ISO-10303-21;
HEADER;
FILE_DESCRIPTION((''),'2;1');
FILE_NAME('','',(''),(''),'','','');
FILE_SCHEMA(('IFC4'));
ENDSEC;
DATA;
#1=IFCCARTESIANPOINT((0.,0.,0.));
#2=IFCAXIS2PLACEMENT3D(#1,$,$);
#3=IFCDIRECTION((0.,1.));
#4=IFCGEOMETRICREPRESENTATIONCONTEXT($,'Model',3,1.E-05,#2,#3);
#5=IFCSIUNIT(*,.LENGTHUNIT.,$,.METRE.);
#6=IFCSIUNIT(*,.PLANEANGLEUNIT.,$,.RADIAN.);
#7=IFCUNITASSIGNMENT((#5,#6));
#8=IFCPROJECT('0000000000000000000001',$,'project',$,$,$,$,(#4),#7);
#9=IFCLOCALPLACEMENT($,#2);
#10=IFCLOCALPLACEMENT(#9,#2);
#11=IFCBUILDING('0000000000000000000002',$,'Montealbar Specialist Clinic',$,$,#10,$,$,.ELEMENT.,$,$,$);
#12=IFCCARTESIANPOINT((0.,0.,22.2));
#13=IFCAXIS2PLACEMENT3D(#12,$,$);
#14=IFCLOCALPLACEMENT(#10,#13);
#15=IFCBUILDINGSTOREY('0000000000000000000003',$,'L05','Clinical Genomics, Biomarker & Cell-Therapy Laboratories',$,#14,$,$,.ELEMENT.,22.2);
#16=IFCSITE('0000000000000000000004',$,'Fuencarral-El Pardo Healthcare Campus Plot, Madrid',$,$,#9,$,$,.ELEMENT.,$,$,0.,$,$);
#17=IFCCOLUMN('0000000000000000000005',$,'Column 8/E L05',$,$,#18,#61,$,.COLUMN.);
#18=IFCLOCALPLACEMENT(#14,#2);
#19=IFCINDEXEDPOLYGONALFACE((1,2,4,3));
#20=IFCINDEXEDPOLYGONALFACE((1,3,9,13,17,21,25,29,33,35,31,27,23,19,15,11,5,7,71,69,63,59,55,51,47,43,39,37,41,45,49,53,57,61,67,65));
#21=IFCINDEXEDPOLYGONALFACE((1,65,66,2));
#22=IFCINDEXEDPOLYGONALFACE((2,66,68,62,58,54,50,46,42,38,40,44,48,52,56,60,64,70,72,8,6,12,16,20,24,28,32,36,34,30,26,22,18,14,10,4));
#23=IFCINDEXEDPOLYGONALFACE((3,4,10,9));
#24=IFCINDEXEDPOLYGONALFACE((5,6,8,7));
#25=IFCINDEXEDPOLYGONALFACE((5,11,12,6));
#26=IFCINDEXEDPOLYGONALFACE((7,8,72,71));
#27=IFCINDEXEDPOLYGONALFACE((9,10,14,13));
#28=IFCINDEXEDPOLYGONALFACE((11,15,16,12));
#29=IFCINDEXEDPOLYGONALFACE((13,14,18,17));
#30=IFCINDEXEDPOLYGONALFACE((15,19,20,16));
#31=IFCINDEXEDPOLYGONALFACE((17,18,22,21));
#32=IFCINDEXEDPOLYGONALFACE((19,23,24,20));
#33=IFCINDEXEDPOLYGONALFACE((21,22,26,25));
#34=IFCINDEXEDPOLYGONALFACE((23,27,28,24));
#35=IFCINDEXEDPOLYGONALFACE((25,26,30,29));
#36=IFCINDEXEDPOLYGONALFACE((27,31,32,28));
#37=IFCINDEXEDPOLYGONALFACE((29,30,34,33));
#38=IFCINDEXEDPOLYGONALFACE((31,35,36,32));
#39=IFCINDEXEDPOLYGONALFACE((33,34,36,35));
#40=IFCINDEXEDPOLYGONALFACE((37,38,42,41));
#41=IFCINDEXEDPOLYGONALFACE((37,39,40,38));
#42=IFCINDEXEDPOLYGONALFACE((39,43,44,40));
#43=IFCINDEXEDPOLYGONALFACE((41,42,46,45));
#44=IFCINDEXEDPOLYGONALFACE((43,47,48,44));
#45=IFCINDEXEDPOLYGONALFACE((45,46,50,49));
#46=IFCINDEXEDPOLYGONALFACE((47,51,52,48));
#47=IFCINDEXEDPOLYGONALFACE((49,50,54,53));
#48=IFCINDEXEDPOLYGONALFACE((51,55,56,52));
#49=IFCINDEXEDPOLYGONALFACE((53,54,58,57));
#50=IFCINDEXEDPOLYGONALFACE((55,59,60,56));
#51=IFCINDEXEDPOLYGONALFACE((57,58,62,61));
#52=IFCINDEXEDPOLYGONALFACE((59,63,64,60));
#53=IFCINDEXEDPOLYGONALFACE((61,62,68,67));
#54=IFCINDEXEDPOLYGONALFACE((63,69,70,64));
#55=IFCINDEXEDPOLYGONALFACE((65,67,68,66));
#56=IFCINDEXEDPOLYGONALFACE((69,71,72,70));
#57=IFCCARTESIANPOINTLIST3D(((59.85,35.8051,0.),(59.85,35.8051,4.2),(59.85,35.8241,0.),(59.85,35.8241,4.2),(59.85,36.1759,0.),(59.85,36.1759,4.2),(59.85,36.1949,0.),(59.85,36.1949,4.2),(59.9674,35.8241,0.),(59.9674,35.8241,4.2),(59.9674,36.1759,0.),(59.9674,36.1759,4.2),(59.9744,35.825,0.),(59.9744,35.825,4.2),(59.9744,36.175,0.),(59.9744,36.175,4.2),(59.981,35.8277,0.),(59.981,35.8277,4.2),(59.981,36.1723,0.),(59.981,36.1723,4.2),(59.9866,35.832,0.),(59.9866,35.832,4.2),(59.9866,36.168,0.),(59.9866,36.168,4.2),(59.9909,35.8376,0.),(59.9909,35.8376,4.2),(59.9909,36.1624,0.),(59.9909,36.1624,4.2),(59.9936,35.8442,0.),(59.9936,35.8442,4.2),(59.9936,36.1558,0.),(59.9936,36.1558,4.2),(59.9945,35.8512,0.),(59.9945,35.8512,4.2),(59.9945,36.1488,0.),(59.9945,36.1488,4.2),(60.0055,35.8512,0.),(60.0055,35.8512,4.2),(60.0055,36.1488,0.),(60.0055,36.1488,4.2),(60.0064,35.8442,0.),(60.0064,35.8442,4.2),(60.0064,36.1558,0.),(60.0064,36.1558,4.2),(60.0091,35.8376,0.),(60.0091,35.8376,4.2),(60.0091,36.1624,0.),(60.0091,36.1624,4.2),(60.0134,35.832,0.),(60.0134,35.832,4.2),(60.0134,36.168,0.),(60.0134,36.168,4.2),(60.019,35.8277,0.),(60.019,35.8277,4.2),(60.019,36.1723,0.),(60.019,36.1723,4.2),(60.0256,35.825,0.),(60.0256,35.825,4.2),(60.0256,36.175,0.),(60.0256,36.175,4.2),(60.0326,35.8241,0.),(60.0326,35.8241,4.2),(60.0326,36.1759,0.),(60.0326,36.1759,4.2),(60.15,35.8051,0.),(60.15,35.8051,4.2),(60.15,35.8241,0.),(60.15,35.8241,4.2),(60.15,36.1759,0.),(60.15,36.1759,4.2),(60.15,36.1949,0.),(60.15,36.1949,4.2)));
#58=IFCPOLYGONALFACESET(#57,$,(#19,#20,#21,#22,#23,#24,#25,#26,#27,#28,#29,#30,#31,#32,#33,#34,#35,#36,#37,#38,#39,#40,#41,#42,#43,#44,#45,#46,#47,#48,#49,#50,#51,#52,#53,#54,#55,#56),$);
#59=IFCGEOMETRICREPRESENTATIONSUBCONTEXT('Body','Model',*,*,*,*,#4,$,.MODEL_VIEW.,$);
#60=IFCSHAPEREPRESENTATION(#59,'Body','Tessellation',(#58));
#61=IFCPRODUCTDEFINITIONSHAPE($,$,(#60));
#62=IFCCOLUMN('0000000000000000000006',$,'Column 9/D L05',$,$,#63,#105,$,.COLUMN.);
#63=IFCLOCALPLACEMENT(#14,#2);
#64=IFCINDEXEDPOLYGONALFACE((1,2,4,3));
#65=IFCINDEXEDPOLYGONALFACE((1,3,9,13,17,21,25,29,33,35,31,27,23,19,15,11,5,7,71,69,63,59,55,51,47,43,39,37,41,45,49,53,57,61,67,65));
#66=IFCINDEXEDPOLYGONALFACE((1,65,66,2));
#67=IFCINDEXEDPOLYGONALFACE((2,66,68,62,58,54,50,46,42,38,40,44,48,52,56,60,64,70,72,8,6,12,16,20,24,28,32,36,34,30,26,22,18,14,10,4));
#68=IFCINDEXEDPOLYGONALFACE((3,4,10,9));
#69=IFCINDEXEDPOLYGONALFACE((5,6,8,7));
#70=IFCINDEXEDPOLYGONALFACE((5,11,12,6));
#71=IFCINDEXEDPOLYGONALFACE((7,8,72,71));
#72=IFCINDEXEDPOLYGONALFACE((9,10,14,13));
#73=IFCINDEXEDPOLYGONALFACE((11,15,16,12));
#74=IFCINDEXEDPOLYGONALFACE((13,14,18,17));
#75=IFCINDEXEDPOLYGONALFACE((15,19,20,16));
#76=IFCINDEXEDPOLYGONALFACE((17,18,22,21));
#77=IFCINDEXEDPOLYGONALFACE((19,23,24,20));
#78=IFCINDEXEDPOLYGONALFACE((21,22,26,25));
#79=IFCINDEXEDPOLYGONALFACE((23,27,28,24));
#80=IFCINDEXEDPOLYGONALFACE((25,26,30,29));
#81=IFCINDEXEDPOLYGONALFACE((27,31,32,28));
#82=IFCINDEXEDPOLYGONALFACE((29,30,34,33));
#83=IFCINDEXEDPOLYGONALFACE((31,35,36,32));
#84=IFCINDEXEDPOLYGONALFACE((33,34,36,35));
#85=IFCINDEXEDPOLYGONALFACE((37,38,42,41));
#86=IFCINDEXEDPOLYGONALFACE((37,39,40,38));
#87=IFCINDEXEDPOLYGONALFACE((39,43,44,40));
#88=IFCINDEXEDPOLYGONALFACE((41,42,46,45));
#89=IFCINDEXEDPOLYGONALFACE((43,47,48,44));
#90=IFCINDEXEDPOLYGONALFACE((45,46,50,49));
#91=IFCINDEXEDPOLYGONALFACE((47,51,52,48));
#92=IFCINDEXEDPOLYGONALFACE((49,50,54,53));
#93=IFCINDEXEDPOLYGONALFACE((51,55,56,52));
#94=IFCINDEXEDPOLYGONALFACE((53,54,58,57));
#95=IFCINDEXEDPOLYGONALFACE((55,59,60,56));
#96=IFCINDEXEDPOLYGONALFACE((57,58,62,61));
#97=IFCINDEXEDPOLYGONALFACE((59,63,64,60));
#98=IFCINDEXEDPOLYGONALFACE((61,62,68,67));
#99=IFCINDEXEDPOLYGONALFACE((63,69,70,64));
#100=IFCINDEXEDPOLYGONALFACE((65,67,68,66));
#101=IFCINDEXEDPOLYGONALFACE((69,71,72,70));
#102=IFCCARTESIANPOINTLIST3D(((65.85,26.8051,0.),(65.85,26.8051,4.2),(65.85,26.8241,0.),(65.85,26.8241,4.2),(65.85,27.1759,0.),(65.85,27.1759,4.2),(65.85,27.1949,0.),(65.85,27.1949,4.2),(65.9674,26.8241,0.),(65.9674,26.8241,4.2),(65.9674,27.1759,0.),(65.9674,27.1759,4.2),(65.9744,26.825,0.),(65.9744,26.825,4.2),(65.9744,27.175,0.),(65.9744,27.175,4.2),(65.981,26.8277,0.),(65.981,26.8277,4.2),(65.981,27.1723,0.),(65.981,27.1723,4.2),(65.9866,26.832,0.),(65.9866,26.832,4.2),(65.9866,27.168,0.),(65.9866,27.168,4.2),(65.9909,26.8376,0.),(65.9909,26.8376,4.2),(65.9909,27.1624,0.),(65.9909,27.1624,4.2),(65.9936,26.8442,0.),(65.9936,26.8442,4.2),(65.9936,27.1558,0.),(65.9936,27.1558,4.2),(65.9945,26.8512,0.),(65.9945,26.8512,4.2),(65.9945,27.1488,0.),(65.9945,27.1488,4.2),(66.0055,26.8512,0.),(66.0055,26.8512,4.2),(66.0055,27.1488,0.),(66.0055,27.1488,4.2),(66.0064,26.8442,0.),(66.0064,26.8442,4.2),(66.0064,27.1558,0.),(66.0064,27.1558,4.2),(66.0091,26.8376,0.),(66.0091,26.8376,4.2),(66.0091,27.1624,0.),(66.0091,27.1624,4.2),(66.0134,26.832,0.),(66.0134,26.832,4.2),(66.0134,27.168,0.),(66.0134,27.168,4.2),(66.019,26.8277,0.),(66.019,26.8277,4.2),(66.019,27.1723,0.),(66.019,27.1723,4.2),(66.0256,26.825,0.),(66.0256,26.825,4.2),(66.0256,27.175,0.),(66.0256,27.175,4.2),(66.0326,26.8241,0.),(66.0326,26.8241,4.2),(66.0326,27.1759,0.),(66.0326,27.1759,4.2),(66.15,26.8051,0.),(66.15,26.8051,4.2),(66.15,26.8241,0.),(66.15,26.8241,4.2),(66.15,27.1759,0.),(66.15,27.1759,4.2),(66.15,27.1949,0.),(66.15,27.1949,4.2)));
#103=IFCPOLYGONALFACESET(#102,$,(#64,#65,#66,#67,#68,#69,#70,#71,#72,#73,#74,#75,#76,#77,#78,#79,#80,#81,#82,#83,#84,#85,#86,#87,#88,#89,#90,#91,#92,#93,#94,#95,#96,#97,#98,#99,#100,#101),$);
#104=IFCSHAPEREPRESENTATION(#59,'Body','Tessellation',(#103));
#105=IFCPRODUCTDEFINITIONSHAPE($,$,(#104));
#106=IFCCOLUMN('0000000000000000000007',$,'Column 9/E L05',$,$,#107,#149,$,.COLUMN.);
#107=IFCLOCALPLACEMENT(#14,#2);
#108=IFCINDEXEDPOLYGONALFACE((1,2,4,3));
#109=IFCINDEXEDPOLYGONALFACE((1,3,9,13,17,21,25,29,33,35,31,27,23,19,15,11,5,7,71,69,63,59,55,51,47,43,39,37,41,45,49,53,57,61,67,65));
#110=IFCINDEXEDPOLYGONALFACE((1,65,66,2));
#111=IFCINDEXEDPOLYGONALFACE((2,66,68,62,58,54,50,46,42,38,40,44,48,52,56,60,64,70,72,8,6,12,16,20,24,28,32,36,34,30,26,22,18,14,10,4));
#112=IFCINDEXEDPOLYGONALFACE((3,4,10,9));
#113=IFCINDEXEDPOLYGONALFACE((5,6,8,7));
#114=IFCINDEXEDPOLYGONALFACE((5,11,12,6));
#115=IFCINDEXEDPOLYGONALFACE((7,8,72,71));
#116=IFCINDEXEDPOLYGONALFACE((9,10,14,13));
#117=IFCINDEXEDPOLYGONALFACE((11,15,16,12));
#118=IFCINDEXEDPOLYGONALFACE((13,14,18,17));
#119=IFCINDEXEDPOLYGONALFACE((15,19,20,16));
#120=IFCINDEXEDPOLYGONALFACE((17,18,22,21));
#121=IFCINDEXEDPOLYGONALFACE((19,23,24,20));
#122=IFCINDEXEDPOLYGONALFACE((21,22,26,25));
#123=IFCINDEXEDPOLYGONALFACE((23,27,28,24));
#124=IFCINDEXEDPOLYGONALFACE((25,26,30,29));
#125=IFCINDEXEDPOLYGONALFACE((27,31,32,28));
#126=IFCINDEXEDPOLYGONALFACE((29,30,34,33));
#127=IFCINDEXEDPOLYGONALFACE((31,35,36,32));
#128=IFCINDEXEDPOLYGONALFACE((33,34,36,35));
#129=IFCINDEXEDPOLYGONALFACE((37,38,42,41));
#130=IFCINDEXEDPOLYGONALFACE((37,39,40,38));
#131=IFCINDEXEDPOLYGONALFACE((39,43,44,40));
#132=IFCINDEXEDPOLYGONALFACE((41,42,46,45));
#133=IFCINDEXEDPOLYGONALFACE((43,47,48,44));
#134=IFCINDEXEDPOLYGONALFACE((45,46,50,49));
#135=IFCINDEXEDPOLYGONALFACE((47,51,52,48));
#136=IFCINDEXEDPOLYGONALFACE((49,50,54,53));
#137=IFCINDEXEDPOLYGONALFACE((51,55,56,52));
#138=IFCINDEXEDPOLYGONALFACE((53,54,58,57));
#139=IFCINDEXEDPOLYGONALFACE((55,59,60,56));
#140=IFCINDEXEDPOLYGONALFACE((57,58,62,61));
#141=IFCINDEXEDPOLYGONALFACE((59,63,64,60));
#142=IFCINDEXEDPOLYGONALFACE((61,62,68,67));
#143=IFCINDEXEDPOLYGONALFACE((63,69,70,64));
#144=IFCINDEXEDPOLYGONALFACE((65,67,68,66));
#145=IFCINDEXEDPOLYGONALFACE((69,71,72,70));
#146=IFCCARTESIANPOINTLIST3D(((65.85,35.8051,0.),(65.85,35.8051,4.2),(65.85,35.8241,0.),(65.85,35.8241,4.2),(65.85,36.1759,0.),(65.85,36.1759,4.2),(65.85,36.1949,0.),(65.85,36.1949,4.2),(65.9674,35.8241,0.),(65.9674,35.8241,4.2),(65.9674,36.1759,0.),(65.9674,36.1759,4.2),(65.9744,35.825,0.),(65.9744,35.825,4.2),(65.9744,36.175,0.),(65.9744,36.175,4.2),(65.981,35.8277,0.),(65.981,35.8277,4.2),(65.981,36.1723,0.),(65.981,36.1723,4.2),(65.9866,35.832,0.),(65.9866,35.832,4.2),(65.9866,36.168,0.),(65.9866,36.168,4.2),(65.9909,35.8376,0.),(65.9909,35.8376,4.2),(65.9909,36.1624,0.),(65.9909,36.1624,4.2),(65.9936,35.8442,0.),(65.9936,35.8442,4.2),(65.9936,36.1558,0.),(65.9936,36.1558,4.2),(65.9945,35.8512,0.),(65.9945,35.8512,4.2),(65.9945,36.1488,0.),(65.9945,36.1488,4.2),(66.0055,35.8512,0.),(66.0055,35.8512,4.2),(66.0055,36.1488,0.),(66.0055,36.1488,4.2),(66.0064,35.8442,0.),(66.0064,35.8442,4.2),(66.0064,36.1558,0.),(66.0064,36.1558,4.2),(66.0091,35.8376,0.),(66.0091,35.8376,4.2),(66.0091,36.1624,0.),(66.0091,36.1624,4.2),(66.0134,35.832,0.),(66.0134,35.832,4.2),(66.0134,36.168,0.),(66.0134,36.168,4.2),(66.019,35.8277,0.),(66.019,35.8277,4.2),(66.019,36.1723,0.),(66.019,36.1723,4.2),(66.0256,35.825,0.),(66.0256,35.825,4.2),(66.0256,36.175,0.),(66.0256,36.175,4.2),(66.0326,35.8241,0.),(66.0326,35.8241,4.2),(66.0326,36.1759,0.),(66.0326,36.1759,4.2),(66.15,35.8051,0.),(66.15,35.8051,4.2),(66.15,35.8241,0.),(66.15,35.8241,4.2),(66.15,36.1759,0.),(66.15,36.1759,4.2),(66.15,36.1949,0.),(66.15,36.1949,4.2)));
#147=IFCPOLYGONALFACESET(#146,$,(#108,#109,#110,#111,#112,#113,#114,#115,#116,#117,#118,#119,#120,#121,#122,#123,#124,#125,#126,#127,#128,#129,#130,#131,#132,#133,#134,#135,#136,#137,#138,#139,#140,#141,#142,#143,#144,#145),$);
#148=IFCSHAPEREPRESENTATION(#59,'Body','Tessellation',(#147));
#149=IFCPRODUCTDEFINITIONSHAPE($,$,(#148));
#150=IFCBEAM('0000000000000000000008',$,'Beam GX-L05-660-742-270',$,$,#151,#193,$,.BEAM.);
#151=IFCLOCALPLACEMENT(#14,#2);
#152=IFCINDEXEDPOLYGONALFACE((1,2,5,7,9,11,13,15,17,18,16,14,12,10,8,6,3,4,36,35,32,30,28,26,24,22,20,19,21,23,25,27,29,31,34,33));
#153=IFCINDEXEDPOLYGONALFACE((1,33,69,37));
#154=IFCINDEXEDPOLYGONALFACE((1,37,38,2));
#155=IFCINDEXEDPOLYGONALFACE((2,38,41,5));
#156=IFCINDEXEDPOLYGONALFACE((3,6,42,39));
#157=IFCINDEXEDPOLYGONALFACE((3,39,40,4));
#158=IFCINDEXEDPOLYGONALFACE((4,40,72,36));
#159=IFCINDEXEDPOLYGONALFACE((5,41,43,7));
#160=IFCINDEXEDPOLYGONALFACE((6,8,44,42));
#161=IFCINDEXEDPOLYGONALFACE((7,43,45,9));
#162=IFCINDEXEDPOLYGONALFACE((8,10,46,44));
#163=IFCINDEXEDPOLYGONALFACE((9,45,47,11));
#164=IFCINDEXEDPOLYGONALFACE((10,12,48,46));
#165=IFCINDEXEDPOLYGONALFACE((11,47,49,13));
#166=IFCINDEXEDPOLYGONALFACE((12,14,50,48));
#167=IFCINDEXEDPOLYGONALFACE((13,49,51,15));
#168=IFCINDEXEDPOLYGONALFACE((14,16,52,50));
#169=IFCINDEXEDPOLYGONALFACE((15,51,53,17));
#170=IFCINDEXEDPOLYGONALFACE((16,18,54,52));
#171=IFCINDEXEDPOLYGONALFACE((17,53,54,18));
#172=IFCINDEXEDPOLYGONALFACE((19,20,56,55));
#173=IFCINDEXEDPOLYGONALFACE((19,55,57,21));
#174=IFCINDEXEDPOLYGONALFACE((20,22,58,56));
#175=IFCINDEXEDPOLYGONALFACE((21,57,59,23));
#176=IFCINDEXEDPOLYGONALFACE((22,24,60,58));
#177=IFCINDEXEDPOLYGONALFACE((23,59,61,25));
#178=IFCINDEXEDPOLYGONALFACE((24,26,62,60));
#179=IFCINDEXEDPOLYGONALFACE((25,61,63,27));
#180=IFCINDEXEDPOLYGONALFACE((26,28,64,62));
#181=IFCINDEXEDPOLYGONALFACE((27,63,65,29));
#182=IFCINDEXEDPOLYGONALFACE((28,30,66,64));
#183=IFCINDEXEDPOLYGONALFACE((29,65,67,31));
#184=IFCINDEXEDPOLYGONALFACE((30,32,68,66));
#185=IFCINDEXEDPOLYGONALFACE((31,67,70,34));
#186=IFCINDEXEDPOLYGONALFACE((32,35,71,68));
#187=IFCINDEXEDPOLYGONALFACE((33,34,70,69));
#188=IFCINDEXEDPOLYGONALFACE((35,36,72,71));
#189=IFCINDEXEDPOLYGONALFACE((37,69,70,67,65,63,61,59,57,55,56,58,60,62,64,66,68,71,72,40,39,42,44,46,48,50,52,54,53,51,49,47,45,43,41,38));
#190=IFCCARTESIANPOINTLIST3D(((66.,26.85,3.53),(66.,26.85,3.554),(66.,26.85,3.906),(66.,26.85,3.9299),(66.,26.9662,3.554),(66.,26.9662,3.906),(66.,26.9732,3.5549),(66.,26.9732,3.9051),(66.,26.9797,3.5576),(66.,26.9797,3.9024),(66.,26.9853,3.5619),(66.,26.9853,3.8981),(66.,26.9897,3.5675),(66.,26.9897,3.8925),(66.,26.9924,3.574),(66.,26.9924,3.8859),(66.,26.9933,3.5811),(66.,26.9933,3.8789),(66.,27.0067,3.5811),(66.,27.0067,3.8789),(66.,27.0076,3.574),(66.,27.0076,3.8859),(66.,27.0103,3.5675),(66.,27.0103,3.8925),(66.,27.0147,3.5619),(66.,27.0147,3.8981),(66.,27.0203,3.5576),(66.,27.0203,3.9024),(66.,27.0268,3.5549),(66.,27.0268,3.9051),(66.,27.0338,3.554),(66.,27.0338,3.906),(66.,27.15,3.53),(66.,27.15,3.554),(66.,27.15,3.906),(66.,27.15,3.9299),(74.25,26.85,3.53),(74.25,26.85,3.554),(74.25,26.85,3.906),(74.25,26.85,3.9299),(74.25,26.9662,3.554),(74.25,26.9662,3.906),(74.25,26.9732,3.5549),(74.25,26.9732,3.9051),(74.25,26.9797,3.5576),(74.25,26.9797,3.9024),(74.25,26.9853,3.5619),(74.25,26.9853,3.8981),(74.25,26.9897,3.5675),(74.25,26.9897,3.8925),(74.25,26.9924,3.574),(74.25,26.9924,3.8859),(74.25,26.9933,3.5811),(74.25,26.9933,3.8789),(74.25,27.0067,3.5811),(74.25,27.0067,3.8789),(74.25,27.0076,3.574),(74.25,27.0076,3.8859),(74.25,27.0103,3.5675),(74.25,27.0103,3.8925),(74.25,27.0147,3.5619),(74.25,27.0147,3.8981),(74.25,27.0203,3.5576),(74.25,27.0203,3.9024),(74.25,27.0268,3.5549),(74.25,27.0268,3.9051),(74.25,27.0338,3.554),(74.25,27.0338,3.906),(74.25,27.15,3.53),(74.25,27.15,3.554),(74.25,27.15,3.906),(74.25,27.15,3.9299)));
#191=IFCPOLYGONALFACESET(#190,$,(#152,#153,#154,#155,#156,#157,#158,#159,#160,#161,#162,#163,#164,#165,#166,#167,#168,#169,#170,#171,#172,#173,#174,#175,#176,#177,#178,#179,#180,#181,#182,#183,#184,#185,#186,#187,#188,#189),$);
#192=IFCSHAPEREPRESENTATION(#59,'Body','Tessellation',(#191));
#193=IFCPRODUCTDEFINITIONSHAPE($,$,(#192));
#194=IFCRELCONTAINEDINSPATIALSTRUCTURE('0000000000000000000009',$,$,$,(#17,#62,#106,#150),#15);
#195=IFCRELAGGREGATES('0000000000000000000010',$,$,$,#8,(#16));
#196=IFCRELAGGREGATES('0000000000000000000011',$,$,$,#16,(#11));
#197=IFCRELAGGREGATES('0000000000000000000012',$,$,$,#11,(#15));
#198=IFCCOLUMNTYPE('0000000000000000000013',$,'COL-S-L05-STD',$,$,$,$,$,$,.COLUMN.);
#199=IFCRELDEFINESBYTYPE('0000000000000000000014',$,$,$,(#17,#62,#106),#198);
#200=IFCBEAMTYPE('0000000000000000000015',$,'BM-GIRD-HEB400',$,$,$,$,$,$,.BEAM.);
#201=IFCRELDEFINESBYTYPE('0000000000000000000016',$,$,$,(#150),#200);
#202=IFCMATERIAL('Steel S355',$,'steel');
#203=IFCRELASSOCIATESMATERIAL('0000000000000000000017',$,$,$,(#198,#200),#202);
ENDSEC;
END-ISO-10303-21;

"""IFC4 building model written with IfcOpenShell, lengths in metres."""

from ifc_helpers import new_model, si_unit, direction, frame, origin, origin_2d, place, context, subcontext, project, spatial, i_section, extrude, material, material_profile, profile_set, type_object, element, save


model = new_model("IFC4")

# Units and contexts
model_context = context("Model", 3, precision=1e-05, world=origin(), true_north=direction((0.0, 1.0)))
body_context = subcontext(model_context, "Body", "Model", "MODEL_VIEW")
ifc_project = project(units=[si_unit("LENGTHUNIT", "METRE"), si_unit("PLANEANGLEUNIT", "RADIAN")], contexts=[model_context])

# Site, building, storey
site_placement = place(None, origin())
site = spatial("IfcSite", under=ifc_project, at=site_placement, Name="Fuencarral-El Pardo Healthcare Campus Plot, Madrid", CompositionType="ELEMENT", RefElevation=0.0)
building_placement = place(site_placement, origin())
building = spatial("IfcBuilding", under=site, at=building_placement, Name="Montealbar Specialist Clinic", CompositionType="ELEMENT")
storey_placement = place(building_placement, frame((0.0, 0.0, 22.2)))
storey = spatial("IfcBuildingStorey", under=building, at=storey_placement, Name="L05", Description="Clinical Genomics, Biomarker & Cell-Therapy Laboratories", CompositionType="ELEMENT", Elevation=22.2)

# Columns
ifc_material_1 = material(Name="Steel S355", Category="steel")
ifc_material_profile_1 = material_profile(ifc_material_1, i_section(OverallWidth=0.3, OverallDepth=0.3899, WebThickness=0.011, FlangeThickness=0.019, FilletRadius=0.0271, at=origin_2d()), Name="HEA 400", Category="steel")
ifc_profile_set_1 = profile_set([ifc_material_profile_1], Name="Steel S355")
column_type = type_object("IfcColumnType", Name="COL-S-L05-STD", PredefinedType="COLUMN", material=ifc_profile_set_1)
for number, where, z_axis, x_axis, name in (
    (1, (60.0, 36.0, 0.0), (0.0, 0.0, 1.0), (1.0, 0.0, 0.0), "Column 8/E L05"),
    (2, (66.0, 27.0, 0.0), (0.0, 0.0, 1.0), (1.0, 0.0, 0.0), "Column 9/D L05"),
    (3, (66.0, 36.0, 0.0), (0.0, 0.0, 1.0), (1.0, 0.0, 0.0), "Column 9/E L05"),
):
    element("IfcColumn", number, at=place(storey_placement, frame(where, z_axis=z_axis, x_axis=x_axis)), inside=storey, type_object=column_type, Name=name, PredefinedType="COLUMN", context=body_context, shape_type="SweptSolid", body=[
        extrude(i_section(OverallWidth=0.3, OverallDepth=0.3899, WebThickness=0.011, FlangeThickness=0.019, FilletRadius=0.0271, at=origin_2d()), origin(), (0.0, 0.0, 1.0), 4.2),
    ])

# Beam
ifc_material_profile_2 = material_profile(ifc_material_1, i_section(OverallWidth=0.3, OverallDepth=0.3999, WebThickness=0.0134, FlangeThickness=0.0239, FilletRadius=0.0271, at=origin_2d()), Name="HEB 400", Category="steel")
ifc_profile_set_2 = profile_set([ifc_material_profile_2], Name="Steel S355")
beam_type_1 = type_object("IfcBeamType", Name="BM-GIRD-HEB400", PredefinedType="BEAM", material=ifc_profile_set_2)
beam_1_placement = place(storey_placement, frame((66.0, 27.0, 3.73), z_axis=(1.0, 0.0, 0.0), x_axis=(0.0, 1.0, 0.0)))
element("IfcBeam", 4, at=beam_1_placement, inside=storey, type_object=beam_type_1, Name="Beam GX-L05-660-742-270", PredefinedType="BEAM", context=body_context, shape_type="SweptSolid", body=[
    extrude(i_section(OverallWidth=0.3, OverallDepth=0.3999, WebThickness=0.0134, FlangeThickness=0.0239, FilletRadius=0.0271, at=origin_2d()), origin(), (0.0, 0.0, 1.0), 8.25),
])

save(model, "model.ifc")
